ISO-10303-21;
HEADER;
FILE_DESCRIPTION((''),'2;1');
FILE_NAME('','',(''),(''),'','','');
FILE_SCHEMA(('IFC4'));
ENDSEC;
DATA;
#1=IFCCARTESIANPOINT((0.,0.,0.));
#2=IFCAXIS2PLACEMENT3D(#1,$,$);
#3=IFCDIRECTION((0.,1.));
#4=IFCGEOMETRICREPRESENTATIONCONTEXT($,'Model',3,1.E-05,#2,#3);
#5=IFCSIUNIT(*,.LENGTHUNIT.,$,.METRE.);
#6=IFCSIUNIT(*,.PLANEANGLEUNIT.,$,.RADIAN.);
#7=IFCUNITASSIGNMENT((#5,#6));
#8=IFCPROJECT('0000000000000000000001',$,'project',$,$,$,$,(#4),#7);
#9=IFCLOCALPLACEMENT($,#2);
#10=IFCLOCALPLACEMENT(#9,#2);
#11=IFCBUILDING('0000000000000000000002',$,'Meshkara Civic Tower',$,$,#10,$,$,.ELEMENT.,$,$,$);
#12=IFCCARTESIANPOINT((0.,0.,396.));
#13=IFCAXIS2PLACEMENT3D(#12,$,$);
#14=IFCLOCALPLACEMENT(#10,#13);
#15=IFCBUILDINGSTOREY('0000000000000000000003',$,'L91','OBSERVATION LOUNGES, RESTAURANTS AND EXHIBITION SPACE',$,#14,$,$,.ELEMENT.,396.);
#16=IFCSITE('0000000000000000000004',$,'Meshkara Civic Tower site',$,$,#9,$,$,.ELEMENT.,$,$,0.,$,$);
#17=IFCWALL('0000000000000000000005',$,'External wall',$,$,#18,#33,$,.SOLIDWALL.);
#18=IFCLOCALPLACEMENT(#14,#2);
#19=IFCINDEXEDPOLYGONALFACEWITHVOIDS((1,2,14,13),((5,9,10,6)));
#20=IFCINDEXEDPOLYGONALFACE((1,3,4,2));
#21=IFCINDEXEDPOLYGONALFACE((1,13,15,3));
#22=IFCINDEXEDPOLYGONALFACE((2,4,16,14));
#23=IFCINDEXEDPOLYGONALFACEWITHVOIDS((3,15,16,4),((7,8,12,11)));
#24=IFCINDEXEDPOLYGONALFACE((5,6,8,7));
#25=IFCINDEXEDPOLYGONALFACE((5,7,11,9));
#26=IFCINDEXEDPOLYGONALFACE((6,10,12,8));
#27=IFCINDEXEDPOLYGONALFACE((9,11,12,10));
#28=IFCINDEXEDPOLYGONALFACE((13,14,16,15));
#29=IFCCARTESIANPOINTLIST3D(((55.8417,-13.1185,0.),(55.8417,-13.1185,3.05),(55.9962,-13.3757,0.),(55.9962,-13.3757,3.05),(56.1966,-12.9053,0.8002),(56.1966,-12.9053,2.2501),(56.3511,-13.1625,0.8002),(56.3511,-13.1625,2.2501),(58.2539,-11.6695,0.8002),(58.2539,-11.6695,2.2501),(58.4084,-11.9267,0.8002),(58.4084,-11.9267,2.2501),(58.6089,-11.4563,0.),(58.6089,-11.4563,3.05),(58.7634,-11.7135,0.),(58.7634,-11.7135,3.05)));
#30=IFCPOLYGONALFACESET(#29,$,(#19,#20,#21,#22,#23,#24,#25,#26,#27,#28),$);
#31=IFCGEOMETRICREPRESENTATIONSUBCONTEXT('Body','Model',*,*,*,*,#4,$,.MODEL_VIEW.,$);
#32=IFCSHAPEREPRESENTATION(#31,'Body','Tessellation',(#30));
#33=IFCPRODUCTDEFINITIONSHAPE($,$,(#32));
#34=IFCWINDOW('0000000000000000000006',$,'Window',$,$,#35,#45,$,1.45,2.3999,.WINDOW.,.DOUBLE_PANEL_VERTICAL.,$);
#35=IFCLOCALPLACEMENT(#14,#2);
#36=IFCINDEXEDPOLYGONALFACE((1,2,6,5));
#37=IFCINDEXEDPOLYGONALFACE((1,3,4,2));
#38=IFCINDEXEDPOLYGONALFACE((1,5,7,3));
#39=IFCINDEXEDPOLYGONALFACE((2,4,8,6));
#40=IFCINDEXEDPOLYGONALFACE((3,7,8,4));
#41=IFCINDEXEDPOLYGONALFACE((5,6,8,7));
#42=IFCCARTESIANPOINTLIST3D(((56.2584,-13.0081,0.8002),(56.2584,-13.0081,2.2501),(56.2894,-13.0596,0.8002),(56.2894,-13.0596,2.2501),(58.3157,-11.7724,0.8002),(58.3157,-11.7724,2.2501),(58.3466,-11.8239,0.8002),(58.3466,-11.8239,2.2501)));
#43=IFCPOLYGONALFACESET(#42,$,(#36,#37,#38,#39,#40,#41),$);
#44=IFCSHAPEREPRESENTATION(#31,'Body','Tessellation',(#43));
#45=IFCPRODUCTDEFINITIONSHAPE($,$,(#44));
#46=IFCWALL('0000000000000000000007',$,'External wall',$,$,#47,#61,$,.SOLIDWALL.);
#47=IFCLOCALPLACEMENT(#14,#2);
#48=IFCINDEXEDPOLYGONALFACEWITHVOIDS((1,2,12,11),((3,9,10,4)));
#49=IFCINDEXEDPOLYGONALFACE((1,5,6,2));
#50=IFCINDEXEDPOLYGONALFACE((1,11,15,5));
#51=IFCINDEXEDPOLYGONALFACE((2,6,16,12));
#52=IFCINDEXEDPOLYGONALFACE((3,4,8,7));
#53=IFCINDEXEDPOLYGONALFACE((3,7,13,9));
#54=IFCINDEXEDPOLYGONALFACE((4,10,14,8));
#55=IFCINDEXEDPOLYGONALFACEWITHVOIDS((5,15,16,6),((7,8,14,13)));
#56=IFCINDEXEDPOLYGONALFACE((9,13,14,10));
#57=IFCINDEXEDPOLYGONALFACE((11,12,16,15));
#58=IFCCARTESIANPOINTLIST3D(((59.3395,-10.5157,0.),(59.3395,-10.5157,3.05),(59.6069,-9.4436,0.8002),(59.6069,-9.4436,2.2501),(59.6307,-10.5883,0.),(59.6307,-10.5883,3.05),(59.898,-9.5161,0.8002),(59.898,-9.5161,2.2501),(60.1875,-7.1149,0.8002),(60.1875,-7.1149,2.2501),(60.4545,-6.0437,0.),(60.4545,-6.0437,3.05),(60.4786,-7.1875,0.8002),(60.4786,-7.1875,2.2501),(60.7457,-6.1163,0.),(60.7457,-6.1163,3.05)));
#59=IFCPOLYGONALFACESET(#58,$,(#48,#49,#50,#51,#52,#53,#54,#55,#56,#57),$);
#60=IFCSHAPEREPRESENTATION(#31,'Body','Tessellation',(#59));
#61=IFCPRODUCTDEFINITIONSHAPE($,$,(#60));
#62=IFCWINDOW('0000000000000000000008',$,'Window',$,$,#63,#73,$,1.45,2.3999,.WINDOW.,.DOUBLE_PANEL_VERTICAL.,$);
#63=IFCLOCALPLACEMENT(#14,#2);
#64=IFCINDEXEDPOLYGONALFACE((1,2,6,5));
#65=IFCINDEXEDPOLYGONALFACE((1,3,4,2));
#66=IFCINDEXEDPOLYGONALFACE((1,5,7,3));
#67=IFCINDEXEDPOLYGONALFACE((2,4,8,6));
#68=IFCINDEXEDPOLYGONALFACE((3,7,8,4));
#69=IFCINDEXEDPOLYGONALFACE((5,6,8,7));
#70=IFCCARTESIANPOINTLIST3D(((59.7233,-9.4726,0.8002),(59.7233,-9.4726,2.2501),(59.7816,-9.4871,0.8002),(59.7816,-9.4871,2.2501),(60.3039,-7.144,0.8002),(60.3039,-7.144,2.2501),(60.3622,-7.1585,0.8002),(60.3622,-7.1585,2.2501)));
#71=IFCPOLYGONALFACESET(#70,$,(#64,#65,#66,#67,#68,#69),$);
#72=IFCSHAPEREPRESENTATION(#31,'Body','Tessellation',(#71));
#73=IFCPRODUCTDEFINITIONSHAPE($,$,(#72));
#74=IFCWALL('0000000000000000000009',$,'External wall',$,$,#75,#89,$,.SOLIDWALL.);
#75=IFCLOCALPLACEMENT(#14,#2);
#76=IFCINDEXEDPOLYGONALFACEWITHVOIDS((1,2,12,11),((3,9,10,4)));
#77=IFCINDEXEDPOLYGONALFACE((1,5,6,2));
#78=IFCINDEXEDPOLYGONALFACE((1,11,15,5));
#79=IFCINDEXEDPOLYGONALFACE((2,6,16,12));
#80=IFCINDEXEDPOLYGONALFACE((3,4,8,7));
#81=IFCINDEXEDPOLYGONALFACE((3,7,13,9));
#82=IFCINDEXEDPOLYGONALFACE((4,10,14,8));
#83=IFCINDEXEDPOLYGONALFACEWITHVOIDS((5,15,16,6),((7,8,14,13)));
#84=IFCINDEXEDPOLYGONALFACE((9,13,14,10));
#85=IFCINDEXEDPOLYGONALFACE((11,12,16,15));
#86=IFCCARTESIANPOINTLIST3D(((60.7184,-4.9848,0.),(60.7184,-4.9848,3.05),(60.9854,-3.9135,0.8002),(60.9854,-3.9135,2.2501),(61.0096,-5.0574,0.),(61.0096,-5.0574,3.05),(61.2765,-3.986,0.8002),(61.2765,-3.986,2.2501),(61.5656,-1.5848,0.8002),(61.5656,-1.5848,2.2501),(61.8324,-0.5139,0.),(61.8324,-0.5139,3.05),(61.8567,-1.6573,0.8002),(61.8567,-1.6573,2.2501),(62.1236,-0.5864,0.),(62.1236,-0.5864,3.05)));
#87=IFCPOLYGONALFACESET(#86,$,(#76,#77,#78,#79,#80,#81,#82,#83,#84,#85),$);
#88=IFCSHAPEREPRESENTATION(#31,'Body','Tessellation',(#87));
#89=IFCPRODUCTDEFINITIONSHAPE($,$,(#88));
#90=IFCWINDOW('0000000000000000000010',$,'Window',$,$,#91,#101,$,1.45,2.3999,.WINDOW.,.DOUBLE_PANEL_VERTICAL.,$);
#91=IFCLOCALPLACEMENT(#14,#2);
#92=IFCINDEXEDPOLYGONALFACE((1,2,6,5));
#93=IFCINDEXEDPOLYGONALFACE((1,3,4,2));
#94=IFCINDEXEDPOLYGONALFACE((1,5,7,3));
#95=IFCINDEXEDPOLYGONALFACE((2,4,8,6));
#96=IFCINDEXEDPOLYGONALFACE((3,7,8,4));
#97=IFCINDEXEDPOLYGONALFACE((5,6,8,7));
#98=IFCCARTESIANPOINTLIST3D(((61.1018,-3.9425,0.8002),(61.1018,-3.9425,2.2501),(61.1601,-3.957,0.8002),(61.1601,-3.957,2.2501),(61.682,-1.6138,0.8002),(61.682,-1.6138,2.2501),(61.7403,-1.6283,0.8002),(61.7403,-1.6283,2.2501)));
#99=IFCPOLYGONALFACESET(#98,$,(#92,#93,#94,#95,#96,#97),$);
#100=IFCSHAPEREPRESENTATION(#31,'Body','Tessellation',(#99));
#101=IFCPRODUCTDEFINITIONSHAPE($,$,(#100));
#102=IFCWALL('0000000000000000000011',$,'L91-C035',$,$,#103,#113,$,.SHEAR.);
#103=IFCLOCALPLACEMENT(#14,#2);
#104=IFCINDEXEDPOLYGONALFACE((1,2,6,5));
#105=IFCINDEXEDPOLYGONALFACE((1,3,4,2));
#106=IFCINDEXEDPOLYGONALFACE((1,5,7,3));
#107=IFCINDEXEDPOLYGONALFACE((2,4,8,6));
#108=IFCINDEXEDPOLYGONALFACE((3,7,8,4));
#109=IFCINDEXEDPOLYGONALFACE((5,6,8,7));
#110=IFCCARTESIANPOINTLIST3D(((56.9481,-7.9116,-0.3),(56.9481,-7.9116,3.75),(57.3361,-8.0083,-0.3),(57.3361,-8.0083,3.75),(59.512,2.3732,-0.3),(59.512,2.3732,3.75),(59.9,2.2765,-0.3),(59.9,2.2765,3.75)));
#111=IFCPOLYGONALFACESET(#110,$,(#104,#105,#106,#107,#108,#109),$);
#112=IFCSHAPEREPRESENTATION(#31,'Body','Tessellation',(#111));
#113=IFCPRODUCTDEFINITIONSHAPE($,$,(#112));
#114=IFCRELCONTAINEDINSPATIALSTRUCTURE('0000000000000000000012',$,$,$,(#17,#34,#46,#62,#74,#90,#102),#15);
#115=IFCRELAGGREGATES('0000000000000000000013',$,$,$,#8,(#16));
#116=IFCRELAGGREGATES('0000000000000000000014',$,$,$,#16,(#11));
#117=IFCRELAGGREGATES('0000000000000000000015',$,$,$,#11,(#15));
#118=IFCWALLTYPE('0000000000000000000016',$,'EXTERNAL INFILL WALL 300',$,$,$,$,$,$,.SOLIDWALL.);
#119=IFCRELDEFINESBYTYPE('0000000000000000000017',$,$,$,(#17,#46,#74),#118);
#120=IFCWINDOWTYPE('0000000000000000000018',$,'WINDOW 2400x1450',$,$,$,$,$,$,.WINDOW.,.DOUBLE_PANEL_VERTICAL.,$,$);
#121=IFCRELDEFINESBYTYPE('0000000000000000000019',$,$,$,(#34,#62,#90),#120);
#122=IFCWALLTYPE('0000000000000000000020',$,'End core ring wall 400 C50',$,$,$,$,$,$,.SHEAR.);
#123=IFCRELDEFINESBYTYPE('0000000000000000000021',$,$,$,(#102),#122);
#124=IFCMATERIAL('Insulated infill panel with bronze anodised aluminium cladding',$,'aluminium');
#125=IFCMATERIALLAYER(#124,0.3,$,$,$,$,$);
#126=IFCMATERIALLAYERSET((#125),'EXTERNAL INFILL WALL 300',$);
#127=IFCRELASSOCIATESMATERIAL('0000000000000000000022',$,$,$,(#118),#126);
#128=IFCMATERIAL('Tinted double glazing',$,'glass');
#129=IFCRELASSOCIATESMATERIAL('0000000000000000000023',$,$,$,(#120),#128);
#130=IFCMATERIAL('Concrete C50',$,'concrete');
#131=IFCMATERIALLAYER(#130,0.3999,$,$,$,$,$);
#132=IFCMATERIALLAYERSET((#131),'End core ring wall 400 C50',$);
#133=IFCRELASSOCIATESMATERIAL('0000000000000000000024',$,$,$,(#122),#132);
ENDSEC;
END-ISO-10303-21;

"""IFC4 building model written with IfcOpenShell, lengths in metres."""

from ifc_helpers import new_model, si_unit, direction, frame, frame_2d, origin, place, context, subcontext, project, spatial, rectangle, extrude, material, layer, layer_set, type_object, element, fill, save


model = new_model("IFC4")

# Units and contexts
model_context = context("Model", 3, precision=1e-05, world=origin(), true_north=direction((0.0, 1.0)))
body_context = subcontext(model_context, "Body", "Model", "MODEL_VIEW")
ifc_project = project(units=[si_unit("LENGTHUNIT", "METRE"), si_unit("PLANEANGLEUNIT", "RADIAN")], contexts=[model_context])

# Site, building, storey
site_placement = place(None, origin())
site = spatial("IfcSite", under=ifc_project, at=site_placement, Name="Meshkara Civic Tower site", CompositionType="ELEMENT", RefElevation=0.0)
building_placement = place(site_placement, origin())
building = spatial("IfcBuilding", under=site, at=building_placement, Name="Meshkara Civic Tower", CompositionType="ELEMENT")
storey_placement = place(building_placement, frame((0.0, 0.0, 396.0)))
storey = spatial("IfcBuildingStorey", under=building, at=storey_placement, Name="L91", Description="OBSERVATION LOUNGES, RESTAURANTS AND EXHIBITION SPACE", CompositionType="ELEMENT", Elevation=396.0)

# Walls, openings, windows
ifc_material_1 = material(Name="Insulated infill panel with bronze anodised aluminium cladding", Category="aluminium")
ifc_layer_1 = layer(ifc_material_1, 0.3)
ifc_layer_set_1 = layer_set([ifc_layer_1], Name="EXTERNAL INFILL WALL 300")
wall_type_1 = type_object("IfcWallType", Name="EXTERNAL INFILL WALL 300", PredefinedType="SOLIDWALL", material=ifc_layer_set_1)
ifc_material_2 = material(Name="Tinted double glazing", Category="glass")
window_type = type_object("IfcWindowType", Name="WINDOW 2400x1450", PartitioningType="DOUBLE_PANEL_VERTICAL", PredefinedType="WINDOW", material=ifc_material_2)
wall_1_placement = place(storey_placement, frame((55.9189, -13.2471, 0.0), z_axis=(0.0, 0.0, 1.0), x_axis=(0.857239, 0.514918, 0.0)))
wall_1 = element("IfcWall", 1, at=wall_1_placement, inside=storey, type_object=wall_type_1, Name="External wall", PredefinedType="SOLIDWALL", context=body_context, shape_type="SweptSolid", body=[
    extrude(rectangle(XDim=3.228, YDim=0.3, at=frame_2d((1.614, 0.0))), origin(), (0.0, 0.0, 1.0), 3.05),
])
opening_1_placement = place(wall_1_placement, frame((0.4141, 0.0, 0.8)))
opening_1 = element("IfcOpeningElement", 2, at=opening_1_placement, cuts=wall_1, PredefinedType="OPENING", context=body_context, shape_type="SweptSolid", body=[
    extrude(rectangle(XDim=2.3999, YDim=1.45, at=frame_2d((1.2, 0.7251))), frame((0.0, 0.1599, 0.0), z_axis=(0.0, -1.0, 0.0), x_axis=(1.0, 0.0, 0.0)), (0.0, 0.0, 1.0), 0.3201),
])
window_1_placement = place(opening_1_placement, origin())
window_1 = element("IfcWindow", 3, at=window_1_placement, inside=storey, type_object=window_type, Name="Window", OverallHeight=1.45, OverallWidth=2.3999, PartitioningType="DOUBLE_PANEL_VERTICAL", PredefinedType="WINDOW", context=body_context, shape_type="SweptSolid", body=[
    extrude(rectangle(XDim=2.3999, YDim=1.45, at=frame_2d((1.2, 0.7251))), frame((0.0, 0.03, 0.0), z_axis=(0.0, -1.0, 0.0), x_axis=(1.0, 0.0, 0.0)), (0.0, 0.0, 1.0), 0.0601),
])
fill(opening_1, window_1)
wall_2_placement = place(storey_placement, frame((59.4851, -10.552, 0.0), z_axis=(0.0, 0.0, 1.0), x_axis=(0.241925, 0.970295, 0.0)))
wall_2 = element("IfcWall", 4, at=wall_2_placement, inside=storey, type_object=wall_type_1, Name="External wall", PredefinedType="SOLIDWALL", context=body_context, shape_type="SweptSolid", body=[
    extrude(rectangle(XDim=4.6089, YDim=0.3, at=frame_2d((2.3044, 0.0))), origin(), (0.0, 0.0, 1.0), 3.05),
])
opening_2_placement = place(wall_2_placement, frame((1.105, 0.0, 0.8)))
opening_2 = element("IfcOpeningElement", 5, at=opening_2_placement, cuts=wall_2, PredefinedType="OPENING", context=body_context, shape_type="SweptSolid", body=[
    extrude(rectangle(XDim=2.3999, YDim=1.45, at=frame_2d((1.2, 0.7251))), frame((0.0, 0.1599, 0.0), z_axis=(0.0, -1.0, 0.0), x_axis=(1.0, 0.0, 0.0)), (0.0, 0.0, 1.0), 0.3201),
])
window_2_placement = place(opening_2_placement, origin())
window_2 = element("IfcWindow", 6, at=window_2_placement, inside=storey, type_object=window_type, Name="Window", OverallHeight=1.45, OverallWidth=2.3999, PartitioningType="DOUBLE_PANEL_VERTICAL", PredefinedType="WINDOW", context=body_context, shape_type="SweptSolid", body=[
    extrude(rectangle(XDim=2.3999, YDim=1.45, at=frame_2d((1.2, 0.7251))), frame((0.0, 0.03, 0.0), z_axis=(0.0, -1.0, 0.0), x_axis=(1.0, 0.0, 0.0)), (0.0, 0.0, 1.0), 0.0601),
])
fill(opening_2, window_2)
wall_3_placement = place(storey_placement, frame((60.864, -5.021, 0.0), z_axis=(0.0, 0.0, 1.0), x_axis=(0.241775, 0.970332, 0.0)))
wall_3 = element("IfcWall", 7, at=wall_3_placement, inside=storey, type_object=wall_type_1, Name="External wall", PredefinedType="SOLIDWALL", context=body_context, shape_type="SweptSolid", body=[
    extrude(rectangle(XDim=4.6077, YDim=0.3, at=frame_2d((2.3037, 0.0))), origin(), (0.0, 0.0, 1.0), 3.05),
])
opening_3_placement = place(wall_3_placement, frame((1.104, 0.0, 0.8)))
opening_3 = element("IfcOpeningElement", 8, at=opening_3_placement, cuts=wall_3, PredefinedType="OPENING", context=body_context, shape_type="SweptSolid", body=[
    extrude(rectangle(XDim=2.3999, YDim=1.45, at=frame_2d((1.2, 0.7251))), frame((0.0, 0.1599, 0.0), z_axis=(0.0, -1.0, 0.0), x_axis=(1.0, 0.0, 0.0)), (0.0, 0.0, 1.0), 0.3201),
])
window_3_placement = place(opening_3_placement, origin())
window_3 = element("IfcWindow", 9, at=window_3_placement, inside=storey, type_object=window_type, Name="Window", OverallHeight=1.45, OverallWidth=2.3999, PartitioningType="DOUBLE_PANEL_VERTICAL", PredefinedType="WINDOW", context=body_context, shape_type="SweptSolid", body=[
    extrude(rectangle(XDim=2.3999, YDim=1.45, at=frame_2d((1.2, 0.7251))), frame((0.0, 0.03, 0.0), z_axis=(0.0, -1.0, 0.0), x_axis=(1.0, 0.0, 0.0)), (0.0, 0.0, 1.0), 0.0601),
])
fill(opening_3, window_3)

# Wall
ifc_material_3 = material(Name="Concrete C50", Category="concrete")
ifc_layer_2 = layer(ifc_material_3, 0.3999)
ifc_layer_set_2 = layer_set([ifc_layer_2], Name="End core ring wall 400 C50")
wall_type_2 = type_object("IfcWallType", Name="End core ring wall 400 C50", PredefinedType="SHEAR", material=ifc_layer_set_2)
wall_4_placement = place(storey_placement, frame((57.1421, -7.96, -0.3), z_axis=(0.0, 0.0, 1.0), x_axis=(0.241891, 0.970304, 0.0)))
element("IfcWall", 10, at=wall_4_placement, inside=storey, type_object=wall_type_2, Name="L91-C035", PredefinedType="SHEAR", context=body_context, shape_type="SweptSolid", body=[
    extrude(rectangle(XDim=10.5996, YDim=0.3999, at=frame_2d((5.2998, 0.0))), origin(), (0.0, 0.0, 1.0), 4.05),
])

save(model, "model.ifc")
